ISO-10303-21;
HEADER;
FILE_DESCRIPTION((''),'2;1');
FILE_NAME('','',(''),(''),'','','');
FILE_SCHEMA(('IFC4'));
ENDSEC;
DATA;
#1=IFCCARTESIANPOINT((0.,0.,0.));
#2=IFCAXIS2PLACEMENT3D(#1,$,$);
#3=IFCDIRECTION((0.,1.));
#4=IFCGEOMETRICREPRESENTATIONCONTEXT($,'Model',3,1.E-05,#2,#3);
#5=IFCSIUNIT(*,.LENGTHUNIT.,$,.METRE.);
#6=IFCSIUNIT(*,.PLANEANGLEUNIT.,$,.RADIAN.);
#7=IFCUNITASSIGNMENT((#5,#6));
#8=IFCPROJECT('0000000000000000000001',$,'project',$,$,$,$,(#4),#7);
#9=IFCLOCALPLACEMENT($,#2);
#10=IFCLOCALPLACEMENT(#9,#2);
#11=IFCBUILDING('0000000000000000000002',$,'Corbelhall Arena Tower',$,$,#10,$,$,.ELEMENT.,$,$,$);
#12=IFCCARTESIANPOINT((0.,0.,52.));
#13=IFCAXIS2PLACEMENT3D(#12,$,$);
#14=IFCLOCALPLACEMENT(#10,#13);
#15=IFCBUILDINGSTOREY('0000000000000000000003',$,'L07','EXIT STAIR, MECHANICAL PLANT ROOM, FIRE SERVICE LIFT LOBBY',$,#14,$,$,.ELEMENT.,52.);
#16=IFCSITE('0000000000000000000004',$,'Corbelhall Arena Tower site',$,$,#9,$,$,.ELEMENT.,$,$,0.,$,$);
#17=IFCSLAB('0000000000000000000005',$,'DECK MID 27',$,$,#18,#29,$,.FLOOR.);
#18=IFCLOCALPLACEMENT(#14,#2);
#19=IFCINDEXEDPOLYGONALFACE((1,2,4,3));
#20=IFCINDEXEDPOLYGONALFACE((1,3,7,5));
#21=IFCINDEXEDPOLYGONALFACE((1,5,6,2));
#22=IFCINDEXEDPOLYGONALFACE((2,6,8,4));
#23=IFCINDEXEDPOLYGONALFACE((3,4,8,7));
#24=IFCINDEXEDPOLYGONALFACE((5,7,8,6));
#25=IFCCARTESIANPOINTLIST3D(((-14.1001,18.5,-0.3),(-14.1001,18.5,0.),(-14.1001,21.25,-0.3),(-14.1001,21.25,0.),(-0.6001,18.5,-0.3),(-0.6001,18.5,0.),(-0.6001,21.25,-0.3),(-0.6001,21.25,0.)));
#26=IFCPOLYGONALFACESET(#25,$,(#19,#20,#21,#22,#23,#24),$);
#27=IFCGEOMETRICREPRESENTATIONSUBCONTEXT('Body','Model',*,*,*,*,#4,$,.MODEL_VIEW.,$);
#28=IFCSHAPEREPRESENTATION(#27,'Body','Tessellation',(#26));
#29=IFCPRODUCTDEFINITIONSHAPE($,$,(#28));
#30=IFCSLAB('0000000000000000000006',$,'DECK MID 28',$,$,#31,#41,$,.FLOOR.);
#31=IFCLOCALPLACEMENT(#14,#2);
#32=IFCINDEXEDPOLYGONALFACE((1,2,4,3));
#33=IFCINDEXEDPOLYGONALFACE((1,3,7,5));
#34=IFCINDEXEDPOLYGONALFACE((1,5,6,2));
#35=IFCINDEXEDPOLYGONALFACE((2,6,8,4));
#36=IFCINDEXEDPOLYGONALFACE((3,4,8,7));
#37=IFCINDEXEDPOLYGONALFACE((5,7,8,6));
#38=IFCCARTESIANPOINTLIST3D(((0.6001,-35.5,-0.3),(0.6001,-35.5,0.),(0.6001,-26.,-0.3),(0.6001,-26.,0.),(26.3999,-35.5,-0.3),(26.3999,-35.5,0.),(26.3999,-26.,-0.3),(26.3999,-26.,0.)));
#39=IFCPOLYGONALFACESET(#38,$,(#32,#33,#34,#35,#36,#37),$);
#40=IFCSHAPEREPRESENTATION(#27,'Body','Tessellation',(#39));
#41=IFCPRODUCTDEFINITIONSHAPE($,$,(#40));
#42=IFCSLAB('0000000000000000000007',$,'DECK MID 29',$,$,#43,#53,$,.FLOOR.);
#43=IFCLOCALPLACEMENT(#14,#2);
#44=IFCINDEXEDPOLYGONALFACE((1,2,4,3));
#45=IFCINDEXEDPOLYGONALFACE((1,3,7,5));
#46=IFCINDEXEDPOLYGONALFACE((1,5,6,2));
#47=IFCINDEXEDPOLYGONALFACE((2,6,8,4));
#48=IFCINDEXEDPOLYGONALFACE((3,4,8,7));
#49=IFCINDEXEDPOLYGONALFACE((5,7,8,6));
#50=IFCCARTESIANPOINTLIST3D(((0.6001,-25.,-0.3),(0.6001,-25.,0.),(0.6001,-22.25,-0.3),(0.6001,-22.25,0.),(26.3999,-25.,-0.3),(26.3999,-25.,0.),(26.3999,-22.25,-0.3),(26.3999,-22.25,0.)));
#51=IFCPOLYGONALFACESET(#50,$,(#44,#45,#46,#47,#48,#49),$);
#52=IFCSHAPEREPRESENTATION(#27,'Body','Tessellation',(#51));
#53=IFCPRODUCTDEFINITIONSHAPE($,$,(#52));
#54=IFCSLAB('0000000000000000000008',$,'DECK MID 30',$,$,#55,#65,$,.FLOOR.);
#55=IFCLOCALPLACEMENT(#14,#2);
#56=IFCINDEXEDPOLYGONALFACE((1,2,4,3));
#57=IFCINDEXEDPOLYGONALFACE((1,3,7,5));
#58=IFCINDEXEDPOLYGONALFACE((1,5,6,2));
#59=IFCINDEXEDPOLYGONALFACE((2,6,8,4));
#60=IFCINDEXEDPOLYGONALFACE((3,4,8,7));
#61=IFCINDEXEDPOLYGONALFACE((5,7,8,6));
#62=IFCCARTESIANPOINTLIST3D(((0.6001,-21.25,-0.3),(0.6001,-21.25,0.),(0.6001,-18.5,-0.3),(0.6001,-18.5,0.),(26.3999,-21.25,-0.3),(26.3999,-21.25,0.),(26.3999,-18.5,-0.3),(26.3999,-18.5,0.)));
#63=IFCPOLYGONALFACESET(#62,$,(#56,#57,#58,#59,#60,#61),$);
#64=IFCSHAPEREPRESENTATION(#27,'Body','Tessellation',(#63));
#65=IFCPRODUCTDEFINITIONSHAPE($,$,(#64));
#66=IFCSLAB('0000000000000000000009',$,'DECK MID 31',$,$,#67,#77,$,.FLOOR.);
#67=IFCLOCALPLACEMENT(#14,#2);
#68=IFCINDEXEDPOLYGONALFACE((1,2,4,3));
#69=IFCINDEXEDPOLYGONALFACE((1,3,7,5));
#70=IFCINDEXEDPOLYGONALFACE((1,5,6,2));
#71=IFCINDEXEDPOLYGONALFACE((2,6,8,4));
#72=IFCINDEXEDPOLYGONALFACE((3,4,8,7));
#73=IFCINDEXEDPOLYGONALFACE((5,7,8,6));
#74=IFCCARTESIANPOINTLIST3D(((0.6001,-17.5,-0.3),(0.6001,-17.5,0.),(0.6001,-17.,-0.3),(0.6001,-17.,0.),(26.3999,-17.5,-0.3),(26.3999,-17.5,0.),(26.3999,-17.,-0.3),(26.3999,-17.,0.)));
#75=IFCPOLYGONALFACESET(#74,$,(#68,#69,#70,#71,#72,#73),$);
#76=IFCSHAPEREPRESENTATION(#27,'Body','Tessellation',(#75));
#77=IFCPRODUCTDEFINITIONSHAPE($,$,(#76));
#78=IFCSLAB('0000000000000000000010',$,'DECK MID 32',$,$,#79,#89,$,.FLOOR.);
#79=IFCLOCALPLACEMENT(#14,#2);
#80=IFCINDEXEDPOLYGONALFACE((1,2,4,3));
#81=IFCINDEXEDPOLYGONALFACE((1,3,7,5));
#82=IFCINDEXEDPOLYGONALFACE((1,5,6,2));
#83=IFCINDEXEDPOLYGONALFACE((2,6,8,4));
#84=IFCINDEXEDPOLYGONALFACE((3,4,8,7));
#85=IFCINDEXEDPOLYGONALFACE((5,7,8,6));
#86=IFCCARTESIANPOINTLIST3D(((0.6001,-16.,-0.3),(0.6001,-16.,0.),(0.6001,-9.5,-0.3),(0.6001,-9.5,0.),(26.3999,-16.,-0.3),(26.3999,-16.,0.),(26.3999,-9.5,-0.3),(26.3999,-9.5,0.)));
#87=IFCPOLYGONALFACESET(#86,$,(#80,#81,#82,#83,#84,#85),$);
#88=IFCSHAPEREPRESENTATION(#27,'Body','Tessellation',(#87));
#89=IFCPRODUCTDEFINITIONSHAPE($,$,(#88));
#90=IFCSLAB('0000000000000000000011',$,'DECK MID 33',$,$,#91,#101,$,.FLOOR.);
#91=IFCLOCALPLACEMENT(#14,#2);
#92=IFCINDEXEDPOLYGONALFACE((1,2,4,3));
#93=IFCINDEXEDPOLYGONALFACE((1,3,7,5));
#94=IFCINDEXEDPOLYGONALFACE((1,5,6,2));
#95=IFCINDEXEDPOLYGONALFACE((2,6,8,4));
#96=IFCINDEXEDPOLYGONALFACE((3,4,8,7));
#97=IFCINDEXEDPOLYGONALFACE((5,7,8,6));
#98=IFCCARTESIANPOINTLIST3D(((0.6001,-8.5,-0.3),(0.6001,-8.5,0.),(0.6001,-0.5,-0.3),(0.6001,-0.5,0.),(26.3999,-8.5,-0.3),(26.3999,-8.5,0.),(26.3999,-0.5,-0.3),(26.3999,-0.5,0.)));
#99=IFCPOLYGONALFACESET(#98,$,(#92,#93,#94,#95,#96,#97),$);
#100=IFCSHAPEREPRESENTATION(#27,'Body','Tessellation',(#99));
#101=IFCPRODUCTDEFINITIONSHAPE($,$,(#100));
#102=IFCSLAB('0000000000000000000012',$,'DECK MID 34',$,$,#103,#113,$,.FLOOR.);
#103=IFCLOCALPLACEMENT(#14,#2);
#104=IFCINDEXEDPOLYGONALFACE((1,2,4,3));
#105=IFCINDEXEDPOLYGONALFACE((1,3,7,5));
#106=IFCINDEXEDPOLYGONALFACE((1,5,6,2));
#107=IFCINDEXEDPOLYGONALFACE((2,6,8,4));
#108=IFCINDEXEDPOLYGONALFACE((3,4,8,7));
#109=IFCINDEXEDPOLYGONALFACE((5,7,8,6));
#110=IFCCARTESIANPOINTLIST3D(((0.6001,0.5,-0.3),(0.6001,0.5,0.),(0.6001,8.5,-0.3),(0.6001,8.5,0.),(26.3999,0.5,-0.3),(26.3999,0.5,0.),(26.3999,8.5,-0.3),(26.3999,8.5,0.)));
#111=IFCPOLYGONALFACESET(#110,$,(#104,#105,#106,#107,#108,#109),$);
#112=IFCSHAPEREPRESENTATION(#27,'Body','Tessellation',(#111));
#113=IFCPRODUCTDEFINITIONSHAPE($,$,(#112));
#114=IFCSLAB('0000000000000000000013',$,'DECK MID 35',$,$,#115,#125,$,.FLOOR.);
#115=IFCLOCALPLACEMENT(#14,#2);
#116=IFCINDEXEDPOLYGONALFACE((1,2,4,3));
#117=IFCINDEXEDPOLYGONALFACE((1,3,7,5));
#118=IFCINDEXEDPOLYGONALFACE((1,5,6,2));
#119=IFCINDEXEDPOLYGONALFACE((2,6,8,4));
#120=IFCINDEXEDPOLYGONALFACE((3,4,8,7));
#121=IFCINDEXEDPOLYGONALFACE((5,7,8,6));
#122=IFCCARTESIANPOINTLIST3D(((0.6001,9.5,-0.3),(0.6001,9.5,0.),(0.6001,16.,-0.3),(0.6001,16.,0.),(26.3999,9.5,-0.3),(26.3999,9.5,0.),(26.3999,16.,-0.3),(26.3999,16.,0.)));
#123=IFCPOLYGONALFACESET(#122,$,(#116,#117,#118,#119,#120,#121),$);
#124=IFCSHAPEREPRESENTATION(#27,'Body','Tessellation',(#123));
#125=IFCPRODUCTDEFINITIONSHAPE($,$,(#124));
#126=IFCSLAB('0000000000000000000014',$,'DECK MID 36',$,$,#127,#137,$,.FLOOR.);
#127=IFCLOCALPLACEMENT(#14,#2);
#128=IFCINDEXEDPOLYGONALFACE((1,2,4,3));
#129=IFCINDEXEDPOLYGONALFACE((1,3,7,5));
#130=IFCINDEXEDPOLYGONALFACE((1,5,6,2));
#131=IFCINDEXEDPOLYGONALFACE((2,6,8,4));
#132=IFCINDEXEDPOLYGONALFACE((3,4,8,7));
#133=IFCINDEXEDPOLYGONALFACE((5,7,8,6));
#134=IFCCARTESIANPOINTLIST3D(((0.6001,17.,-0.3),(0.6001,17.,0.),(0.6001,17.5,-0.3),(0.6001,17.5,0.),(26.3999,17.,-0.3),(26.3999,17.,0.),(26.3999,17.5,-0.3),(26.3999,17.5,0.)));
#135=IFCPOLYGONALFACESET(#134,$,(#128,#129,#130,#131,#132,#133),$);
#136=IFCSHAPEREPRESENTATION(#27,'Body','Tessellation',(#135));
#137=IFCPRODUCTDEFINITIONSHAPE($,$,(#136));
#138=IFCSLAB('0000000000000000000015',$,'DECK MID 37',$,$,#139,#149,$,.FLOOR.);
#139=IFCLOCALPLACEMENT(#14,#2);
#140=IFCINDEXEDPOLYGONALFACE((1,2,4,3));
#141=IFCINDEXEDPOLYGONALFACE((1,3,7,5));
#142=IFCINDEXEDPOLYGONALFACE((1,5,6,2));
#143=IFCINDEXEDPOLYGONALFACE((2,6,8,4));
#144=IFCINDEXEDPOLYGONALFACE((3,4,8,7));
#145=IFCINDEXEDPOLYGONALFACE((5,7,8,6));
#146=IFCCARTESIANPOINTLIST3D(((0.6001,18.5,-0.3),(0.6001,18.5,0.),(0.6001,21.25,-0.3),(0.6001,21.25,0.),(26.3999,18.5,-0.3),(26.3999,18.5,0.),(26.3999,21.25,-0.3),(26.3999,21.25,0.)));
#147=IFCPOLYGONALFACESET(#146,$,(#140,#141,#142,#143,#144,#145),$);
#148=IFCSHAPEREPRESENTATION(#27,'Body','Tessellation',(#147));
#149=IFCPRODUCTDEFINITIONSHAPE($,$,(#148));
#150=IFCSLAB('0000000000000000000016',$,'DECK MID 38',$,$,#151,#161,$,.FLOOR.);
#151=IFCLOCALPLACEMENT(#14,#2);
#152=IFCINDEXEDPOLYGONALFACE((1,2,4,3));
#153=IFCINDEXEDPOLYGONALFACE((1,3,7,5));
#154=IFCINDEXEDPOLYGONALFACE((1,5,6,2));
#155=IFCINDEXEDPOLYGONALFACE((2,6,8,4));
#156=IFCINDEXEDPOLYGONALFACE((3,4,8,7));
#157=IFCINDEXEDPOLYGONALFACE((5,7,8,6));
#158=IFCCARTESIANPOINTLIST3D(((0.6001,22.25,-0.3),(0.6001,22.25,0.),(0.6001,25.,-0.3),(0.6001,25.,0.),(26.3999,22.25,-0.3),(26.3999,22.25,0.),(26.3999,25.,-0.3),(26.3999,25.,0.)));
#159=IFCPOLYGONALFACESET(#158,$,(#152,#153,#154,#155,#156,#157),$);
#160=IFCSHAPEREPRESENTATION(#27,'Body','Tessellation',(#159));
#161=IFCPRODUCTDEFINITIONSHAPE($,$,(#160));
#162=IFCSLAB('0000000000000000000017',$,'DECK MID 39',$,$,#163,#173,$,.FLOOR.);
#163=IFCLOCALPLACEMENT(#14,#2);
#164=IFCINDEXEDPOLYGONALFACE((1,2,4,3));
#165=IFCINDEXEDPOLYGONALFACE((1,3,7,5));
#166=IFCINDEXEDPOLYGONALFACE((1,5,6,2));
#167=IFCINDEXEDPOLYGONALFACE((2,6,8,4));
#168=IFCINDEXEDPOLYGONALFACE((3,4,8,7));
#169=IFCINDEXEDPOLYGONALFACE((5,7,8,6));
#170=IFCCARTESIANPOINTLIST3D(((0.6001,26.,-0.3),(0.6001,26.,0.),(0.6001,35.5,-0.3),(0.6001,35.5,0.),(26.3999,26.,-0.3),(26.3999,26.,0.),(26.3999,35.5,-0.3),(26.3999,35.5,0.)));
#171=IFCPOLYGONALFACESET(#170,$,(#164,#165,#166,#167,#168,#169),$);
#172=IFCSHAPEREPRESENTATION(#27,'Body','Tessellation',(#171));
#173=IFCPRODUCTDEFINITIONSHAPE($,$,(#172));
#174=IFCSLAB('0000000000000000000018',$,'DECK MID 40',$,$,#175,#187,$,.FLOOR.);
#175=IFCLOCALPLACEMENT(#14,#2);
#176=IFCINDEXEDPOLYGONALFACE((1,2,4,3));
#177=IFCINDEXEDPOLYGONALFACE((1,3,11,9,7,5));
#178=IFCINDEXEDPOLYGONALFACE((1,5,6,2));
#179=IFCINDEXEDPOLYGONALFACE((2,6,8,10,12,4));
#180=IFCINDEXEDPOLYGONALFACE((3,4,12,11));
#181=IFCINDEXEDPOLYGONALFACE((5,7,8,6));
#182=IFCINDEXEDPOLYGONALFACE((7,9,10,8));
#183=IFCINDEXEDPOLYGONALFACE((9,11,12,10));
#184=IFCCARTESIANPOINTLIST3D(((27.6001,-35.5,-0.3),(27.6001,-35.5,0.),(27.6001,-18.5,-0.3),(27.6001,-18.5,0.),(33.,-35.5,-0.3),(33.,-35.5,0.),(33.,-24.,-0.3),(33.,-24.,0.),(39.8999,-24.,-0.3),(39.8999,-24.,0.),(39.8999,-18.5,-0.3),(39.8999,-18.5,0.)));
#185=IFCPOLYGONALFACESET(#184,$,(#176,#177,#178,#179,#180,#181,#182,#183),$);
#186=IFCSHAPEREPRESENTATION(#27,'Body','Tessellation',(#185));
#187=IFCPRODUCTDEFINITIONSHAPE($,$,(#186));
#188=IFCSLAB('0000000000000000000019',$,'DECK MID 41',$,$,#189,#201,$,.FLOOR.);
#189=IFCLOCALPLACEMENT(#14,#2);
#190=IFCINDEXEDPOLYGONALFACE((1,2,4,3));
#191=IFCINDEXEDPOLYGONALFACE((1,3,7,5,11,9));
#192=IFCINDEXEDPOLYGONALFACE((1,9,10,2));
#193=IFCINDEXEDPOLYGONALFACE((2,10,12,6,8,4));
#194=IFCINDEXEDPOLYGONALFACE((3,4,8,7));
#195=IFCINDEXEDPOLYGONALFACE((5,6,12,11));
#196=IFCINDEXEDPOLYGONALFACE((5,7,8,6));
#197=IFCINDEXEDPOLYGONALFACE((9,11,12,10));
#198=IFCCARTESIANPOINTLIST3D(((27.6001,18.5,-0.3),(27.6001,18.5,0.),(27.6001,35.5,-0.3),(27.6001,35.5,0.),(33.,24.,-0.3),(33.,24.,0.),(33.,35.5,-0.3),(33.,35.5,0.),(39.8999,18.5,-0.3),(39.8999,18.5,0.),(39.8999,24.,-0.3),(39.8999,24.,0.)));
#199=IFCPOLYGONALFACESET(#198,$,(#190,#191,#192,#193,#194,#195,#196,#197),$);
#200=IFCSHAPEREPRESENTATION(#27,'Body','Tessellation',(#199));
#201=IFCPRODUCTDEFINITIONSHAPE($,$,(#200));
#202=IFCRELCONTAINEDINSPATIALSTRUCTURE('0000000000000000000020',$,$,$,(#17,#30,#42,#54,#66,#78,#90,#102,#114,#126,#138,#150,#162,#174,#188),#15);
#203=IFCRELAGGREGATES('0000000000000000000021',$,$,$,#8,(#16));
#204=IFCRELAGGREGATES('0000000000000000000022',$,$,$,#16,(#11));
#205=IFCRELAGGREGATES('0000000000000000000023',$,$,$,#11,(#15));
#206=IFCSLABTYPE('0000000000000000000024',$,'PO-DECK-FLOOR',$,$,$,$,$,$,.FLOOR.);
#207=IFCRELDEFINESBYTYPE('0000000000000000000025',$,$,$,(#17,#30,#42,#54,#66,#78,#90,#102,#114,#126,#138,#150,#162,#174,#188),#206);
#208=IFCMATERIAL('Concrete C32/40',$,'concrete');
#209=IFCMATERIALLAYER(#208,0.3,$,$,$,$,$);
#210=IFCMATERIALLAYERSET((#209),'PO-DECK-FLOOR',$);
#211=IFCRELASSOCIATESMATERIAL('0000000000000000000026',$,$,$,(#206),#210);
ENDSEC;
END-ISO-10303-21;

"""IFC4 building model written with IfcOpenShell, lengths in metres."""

from ifc_helpers import new_model, si_unit, direction, frame, origin, place, context, subcontext, project, spatial, polyline, outline, extrude, material, layer, layer_set, type_object, element, save


model = new_model("IFC4")

# Units and contexts
model_context = context("Model", 3, precision=1e-05, world=origin(), true_north=direction((0.0, 1.0)))
body_context = subcontext(model_context, "Body", "Model", "MODEL_VIEW")
ifc_project = project(units=[si_unit("LENGTHUNIT", "METRE"), si_unit("PLANEANGLEUNIT", "RADIAN")], contexts=[model_context])

# Site, building, storey
site_placement = place(None, origin())
site = spatial("IfcSite", under=ifc_project, at=site_placement, Name="Corbelhall Arena Tower site", CompositionType="ELEMENT", RefElevation=0.0)
building_placement = place(site_placement, origin())
building = spatial("IfcBuilding", under=site, at=building_placement, Name="Corbelhall Arena Tower", CompositionType="ELEMENT")
storey_placement = place(building_placement, frame((0.0, 0.0, 52.0)))
storey = spatial("IfcBuildingStorey", under=building, at=storey_placement, Name="L07", Description="EXIT STAIR, MECHANICAL PLANT ROOM, FIRE SERVICE LIFT LOBBY", CompositionType="ELEMENT", Elevation=52.0)

# Slabs
ifc_material_1 = material(Name="Concrete C32/40", Category="concrete")
ifc_layer = layer(ifc_material_1, 0.3)
ifc_layer_set = layer_set([ifc_layer], Name="PO-DECK-FLOOR")
slab_type = type_object("IfcSlabType", Name="PO-DECK-FLOOR", PredefinedType="FLOOR", material=ifc_layer_set)
slab_1_placement = place(storey_placement, frame((0.0, 0.0, -0.3)))
element("IfcSlab", 1, at=slab_1_placement, inside=storey, type_object=slab_type, Name="DECK MID 27", PredefinedType="FLOOR", context=body_context, shape_type="SweptSolid", body=[
    extrude(outline(polyline([(-14.1001, 21.25), (-0.6001, 21.25), (-0.6001, 18.5), (-14.1001, 18.5), (-14.1001, 21.25)])), origin(), (0.0, 0.0, 1.0), 0.3),
])
slab_2_placement = place(storey_placement, frame((0.0, 0.0, -0.3)))
element("IfcSlab", 2, at=slab_2_placement, inside=storey, type_object=slab_type, Name="DECK MID 28", PredefinedType="FLOOR", context=body_context, shape_type="SweptSolid", body=[
    extrude(outline(polyline([(0.6001, -35.5), (0.6001, -26.0), (26.3999, -26.0), (26.3999, -35.5), (0.6001, -35.5)])), origin(), (0.0, 0.0, 1.0), 0.3),
])
slab_3_placement = place(storey_placement, frame((0.0, 0.0, -0.3)))
element("IfcSlab", 3, at=slab_3_placement, inside=storey, type_object=slab_type, Name="DECK MID 29", PredefinedType="FLOOR", context=body_context, shape_type="SweptSolid", body=[
    extrude(outline(polyline([(0.6001, -25.0), (0.6001, -22.25), (26.3999, -22.25), (26.3999, -25.0), (0.6001, -25.0)])), origin(), (0.0, 0.0, 1.0), 0.3),
])
slab_4_placement = place(storey_placement, frame((0.0, 0.0, -0.3)))
element("IfcSlab", 4, at=slab_4_placement, inside=storey, type_object=slab_type, Name="DECK MID 30", PredefinedType="FLOOR", context=body_context, shape_type="SweptSolid", body=[
    extrude(outline(polyline([(0.6001, -21.25), (0.6001, -18.5), (26.3999, -18.5), (26.3999, -21.25), (0.6001, -21.25)])), origin(), (0.0, 0.0, 1.0), 0.3),
])
slab_5_placement = place(storey_placement, frame((0.0, 0.0, -0.3)))
element("IfcSlab", 5, at=slab_5_placement, inside=storey, type_object=slab_type, Name="DECK MID 31", PredefinedType="FLOOR", context=body_context, shape_type="SweptSolid", body=[
    extrude(outline(polyline([(0.6001, -17.5), (0.6001, -17.0), (26.3999, -17.0), (26.3999, -17.5), (0.6001, -17.5)])), origin(), (0.0, 0.0, 1.0), 0.3),
])
slab_6_placement = place(storey_placement, frame((0.0, 0.0, -0.3)))
element("IfcSlab", 6, at=slab_6_placement, inside=storey, type_object=slab_type, Name="DECK MID 32", PredefinedType="FLOOR", context=body_context, shape_type="SweptSolid", body=[
    extrude(outline(polyline([(26.3999, -9.5), (26.3999, -16.0), (0.6001, -16.0), (0.6001, -9.5), (26.3999, -9.5)])), origin(), (0.0, 0.0, 1.0), 0.3),
])
slab_7_placement = place(storey_placement, frame((0.0, 0.0, -0.3)))
element("IfcSlab", 7, at=slab_7_placement, inside=storey, type_object=slab_type, Name="DECK MID 33", PredefinedType="FLOOR", context=body_context, shape_type="SweptSolid", body=[
    extrude(outline(polyline([(0.6001, -8.5), (0.6001, -0.5), (26.3999, -0.5), (26.3999, -8.5), (0.6001, -8.5)])), origin(), (0.0, 0.0, 1.0), 0.3),
])
slab_8_placement = place(storey_placement, frame((0.0, 0.0, -0.3)))
element("IfcSlab", 8, at=slab_8_placement, inside=storey, type_object=slab_type, Name="DECK MID 34", PredefinedType="FLOOR", context=body_context, shape_type="SweptSolid", body=[
    extrude(outline(polyline([(0.6001, 0.5), (0.6001, 8.5), (26.3999, 8.5), (26.3999, 0.5), (0.6001, 0.5)])), origin(), (0.0, 0.0, 1.0), 0.3),
])
slab_9_placement = place(storey_placement, frame((0.0, 0.0, -0.3)))
element("IfcSlab", 9, at=slab_9_placement, inside=storey, type_object=slab_type, Name="DECK MID 35", PredefinedType="FLOOR", context=body_context, shape_type="SweptSolid", body=[
    extrude(outline(polyline([(0.6001, 16.0), (26.3999, 16.0), (26.3999, 9.5), (0.6001, 9.5), (0.6001, 16.0)])), origin(), (0.0, 0.0, 1.0), 0.3),
])
slab_10_placement = place(storey_placement, frame((0.0, 0.0, -0.3)))
element("IfcSlab", 10, at=slab_10_placement, inside=storey, type_object=slab_type, Name="DECK MID 36", PredefinedType="FLOOR", context=body_context, shape_type="SweptSolid", body=[
    extrude(outline(polyline([(0.6001, 17.5), (26.3999, 17.5), (26.3999, 17.0), (0.6001, 17.0), (0.6001, 17.5)])), origin(), (0.0, 0.0, 1.0), 0.3),
])
slab_11_placement = place(storey_placement, frame((0.0, 0.0, -0.3)))
element("IfcSlab", 11, at=slab_11_placement, inside=storey, type_object=slab_type, Name="DECK MID 37", PredefinedType="FLOOR", context=body_context, shape_type="SweptSolid", body=[
    extrude(outline(polyline([(0.6001, 21.25), (26.3999, 21.25), (26.3999, 18.5), (0.6001, 18.5), (0.6001, 21.25)])), origin(), (0.0, 0.0, 1.0), 0.3),
])
slab_12_placement = place(storey_placement, frame((0.0, 0.0, -0.3)))
element("IfcSlab", 12, at=slab_12_placement, inside=storey, type_object=slab_type, Name="DECK MID 38", PredefinedType="FLOOR", context=body_context, shape_type="SweptSolid", body=[
    extrude(outline(polyline([(0.6001, 25.0), (26.3999, 25.0), (26.3999, 22.25), (0.6001, 22.25), (0.6001, 25.0)])), origin(), (0.0, 0.0, 1.0), 0.3),
])
slab_13_placement = place(storey_placement, frame((0.0, 0.0, -0.3)))
element("IfcSlab", 13, at=slab_13_placement, inside=storey, type_object=slab_type, Name="DECK MID 39", PredefinedType="FLOOR", context=body_context, shape_type="SweptSolid", body=[
    extrude(outline(polyline([(0.6001, 35.5), (26.3999, 35.5), (26.3999, 26.0), (0.6001, 26.0), (0.6001, 35.5)])), origin(), (0.0, 0.0, 1.0), 0.3),
])
slab_14_placement = place(storey_placement, frame((0.0, 0.0, -0.3)))
element("IfcSlab", 14, at=slab_14_placement, inside=storey, type_object=slab_type, Name="DECK MID 40", PredefinedType="FLOOR", context=body_context, shape_type="SweptSolid", body=[
    extrude(outline(polyline([(27.6001, -35.5), (27.6001, -18.5), (39.8999, -18.5), (39.8999, -24.0), (33.0, -24.0), (33.0, -35.5), (27.6001, -35.5)])), origin(), (0.0, 0.0, 1.0), 0.3),
])
slab_15_placement = place(storey_placement, frame((0.0, 0.0, -0.3)))
element("IfcSlab", 15, at=slab_15_placement, inside=storey, type_object=slab_type, Name="DECK MID 41", PredefinedType="FLOOR", context=body_context, shape_type="SweptSolid", body=[
    extrude(outline(polyline([(27.6001, 35.5), (33.0, 35.5), (33.0, 24.0), (39.8999, 24.0), (39.8999, 18.5), (27.6001, 18.5), (27.6001, 35.5)])), origin(), (0.0, 0.0, 1.0), 0.3),
])

save(model, "model.ifc")
